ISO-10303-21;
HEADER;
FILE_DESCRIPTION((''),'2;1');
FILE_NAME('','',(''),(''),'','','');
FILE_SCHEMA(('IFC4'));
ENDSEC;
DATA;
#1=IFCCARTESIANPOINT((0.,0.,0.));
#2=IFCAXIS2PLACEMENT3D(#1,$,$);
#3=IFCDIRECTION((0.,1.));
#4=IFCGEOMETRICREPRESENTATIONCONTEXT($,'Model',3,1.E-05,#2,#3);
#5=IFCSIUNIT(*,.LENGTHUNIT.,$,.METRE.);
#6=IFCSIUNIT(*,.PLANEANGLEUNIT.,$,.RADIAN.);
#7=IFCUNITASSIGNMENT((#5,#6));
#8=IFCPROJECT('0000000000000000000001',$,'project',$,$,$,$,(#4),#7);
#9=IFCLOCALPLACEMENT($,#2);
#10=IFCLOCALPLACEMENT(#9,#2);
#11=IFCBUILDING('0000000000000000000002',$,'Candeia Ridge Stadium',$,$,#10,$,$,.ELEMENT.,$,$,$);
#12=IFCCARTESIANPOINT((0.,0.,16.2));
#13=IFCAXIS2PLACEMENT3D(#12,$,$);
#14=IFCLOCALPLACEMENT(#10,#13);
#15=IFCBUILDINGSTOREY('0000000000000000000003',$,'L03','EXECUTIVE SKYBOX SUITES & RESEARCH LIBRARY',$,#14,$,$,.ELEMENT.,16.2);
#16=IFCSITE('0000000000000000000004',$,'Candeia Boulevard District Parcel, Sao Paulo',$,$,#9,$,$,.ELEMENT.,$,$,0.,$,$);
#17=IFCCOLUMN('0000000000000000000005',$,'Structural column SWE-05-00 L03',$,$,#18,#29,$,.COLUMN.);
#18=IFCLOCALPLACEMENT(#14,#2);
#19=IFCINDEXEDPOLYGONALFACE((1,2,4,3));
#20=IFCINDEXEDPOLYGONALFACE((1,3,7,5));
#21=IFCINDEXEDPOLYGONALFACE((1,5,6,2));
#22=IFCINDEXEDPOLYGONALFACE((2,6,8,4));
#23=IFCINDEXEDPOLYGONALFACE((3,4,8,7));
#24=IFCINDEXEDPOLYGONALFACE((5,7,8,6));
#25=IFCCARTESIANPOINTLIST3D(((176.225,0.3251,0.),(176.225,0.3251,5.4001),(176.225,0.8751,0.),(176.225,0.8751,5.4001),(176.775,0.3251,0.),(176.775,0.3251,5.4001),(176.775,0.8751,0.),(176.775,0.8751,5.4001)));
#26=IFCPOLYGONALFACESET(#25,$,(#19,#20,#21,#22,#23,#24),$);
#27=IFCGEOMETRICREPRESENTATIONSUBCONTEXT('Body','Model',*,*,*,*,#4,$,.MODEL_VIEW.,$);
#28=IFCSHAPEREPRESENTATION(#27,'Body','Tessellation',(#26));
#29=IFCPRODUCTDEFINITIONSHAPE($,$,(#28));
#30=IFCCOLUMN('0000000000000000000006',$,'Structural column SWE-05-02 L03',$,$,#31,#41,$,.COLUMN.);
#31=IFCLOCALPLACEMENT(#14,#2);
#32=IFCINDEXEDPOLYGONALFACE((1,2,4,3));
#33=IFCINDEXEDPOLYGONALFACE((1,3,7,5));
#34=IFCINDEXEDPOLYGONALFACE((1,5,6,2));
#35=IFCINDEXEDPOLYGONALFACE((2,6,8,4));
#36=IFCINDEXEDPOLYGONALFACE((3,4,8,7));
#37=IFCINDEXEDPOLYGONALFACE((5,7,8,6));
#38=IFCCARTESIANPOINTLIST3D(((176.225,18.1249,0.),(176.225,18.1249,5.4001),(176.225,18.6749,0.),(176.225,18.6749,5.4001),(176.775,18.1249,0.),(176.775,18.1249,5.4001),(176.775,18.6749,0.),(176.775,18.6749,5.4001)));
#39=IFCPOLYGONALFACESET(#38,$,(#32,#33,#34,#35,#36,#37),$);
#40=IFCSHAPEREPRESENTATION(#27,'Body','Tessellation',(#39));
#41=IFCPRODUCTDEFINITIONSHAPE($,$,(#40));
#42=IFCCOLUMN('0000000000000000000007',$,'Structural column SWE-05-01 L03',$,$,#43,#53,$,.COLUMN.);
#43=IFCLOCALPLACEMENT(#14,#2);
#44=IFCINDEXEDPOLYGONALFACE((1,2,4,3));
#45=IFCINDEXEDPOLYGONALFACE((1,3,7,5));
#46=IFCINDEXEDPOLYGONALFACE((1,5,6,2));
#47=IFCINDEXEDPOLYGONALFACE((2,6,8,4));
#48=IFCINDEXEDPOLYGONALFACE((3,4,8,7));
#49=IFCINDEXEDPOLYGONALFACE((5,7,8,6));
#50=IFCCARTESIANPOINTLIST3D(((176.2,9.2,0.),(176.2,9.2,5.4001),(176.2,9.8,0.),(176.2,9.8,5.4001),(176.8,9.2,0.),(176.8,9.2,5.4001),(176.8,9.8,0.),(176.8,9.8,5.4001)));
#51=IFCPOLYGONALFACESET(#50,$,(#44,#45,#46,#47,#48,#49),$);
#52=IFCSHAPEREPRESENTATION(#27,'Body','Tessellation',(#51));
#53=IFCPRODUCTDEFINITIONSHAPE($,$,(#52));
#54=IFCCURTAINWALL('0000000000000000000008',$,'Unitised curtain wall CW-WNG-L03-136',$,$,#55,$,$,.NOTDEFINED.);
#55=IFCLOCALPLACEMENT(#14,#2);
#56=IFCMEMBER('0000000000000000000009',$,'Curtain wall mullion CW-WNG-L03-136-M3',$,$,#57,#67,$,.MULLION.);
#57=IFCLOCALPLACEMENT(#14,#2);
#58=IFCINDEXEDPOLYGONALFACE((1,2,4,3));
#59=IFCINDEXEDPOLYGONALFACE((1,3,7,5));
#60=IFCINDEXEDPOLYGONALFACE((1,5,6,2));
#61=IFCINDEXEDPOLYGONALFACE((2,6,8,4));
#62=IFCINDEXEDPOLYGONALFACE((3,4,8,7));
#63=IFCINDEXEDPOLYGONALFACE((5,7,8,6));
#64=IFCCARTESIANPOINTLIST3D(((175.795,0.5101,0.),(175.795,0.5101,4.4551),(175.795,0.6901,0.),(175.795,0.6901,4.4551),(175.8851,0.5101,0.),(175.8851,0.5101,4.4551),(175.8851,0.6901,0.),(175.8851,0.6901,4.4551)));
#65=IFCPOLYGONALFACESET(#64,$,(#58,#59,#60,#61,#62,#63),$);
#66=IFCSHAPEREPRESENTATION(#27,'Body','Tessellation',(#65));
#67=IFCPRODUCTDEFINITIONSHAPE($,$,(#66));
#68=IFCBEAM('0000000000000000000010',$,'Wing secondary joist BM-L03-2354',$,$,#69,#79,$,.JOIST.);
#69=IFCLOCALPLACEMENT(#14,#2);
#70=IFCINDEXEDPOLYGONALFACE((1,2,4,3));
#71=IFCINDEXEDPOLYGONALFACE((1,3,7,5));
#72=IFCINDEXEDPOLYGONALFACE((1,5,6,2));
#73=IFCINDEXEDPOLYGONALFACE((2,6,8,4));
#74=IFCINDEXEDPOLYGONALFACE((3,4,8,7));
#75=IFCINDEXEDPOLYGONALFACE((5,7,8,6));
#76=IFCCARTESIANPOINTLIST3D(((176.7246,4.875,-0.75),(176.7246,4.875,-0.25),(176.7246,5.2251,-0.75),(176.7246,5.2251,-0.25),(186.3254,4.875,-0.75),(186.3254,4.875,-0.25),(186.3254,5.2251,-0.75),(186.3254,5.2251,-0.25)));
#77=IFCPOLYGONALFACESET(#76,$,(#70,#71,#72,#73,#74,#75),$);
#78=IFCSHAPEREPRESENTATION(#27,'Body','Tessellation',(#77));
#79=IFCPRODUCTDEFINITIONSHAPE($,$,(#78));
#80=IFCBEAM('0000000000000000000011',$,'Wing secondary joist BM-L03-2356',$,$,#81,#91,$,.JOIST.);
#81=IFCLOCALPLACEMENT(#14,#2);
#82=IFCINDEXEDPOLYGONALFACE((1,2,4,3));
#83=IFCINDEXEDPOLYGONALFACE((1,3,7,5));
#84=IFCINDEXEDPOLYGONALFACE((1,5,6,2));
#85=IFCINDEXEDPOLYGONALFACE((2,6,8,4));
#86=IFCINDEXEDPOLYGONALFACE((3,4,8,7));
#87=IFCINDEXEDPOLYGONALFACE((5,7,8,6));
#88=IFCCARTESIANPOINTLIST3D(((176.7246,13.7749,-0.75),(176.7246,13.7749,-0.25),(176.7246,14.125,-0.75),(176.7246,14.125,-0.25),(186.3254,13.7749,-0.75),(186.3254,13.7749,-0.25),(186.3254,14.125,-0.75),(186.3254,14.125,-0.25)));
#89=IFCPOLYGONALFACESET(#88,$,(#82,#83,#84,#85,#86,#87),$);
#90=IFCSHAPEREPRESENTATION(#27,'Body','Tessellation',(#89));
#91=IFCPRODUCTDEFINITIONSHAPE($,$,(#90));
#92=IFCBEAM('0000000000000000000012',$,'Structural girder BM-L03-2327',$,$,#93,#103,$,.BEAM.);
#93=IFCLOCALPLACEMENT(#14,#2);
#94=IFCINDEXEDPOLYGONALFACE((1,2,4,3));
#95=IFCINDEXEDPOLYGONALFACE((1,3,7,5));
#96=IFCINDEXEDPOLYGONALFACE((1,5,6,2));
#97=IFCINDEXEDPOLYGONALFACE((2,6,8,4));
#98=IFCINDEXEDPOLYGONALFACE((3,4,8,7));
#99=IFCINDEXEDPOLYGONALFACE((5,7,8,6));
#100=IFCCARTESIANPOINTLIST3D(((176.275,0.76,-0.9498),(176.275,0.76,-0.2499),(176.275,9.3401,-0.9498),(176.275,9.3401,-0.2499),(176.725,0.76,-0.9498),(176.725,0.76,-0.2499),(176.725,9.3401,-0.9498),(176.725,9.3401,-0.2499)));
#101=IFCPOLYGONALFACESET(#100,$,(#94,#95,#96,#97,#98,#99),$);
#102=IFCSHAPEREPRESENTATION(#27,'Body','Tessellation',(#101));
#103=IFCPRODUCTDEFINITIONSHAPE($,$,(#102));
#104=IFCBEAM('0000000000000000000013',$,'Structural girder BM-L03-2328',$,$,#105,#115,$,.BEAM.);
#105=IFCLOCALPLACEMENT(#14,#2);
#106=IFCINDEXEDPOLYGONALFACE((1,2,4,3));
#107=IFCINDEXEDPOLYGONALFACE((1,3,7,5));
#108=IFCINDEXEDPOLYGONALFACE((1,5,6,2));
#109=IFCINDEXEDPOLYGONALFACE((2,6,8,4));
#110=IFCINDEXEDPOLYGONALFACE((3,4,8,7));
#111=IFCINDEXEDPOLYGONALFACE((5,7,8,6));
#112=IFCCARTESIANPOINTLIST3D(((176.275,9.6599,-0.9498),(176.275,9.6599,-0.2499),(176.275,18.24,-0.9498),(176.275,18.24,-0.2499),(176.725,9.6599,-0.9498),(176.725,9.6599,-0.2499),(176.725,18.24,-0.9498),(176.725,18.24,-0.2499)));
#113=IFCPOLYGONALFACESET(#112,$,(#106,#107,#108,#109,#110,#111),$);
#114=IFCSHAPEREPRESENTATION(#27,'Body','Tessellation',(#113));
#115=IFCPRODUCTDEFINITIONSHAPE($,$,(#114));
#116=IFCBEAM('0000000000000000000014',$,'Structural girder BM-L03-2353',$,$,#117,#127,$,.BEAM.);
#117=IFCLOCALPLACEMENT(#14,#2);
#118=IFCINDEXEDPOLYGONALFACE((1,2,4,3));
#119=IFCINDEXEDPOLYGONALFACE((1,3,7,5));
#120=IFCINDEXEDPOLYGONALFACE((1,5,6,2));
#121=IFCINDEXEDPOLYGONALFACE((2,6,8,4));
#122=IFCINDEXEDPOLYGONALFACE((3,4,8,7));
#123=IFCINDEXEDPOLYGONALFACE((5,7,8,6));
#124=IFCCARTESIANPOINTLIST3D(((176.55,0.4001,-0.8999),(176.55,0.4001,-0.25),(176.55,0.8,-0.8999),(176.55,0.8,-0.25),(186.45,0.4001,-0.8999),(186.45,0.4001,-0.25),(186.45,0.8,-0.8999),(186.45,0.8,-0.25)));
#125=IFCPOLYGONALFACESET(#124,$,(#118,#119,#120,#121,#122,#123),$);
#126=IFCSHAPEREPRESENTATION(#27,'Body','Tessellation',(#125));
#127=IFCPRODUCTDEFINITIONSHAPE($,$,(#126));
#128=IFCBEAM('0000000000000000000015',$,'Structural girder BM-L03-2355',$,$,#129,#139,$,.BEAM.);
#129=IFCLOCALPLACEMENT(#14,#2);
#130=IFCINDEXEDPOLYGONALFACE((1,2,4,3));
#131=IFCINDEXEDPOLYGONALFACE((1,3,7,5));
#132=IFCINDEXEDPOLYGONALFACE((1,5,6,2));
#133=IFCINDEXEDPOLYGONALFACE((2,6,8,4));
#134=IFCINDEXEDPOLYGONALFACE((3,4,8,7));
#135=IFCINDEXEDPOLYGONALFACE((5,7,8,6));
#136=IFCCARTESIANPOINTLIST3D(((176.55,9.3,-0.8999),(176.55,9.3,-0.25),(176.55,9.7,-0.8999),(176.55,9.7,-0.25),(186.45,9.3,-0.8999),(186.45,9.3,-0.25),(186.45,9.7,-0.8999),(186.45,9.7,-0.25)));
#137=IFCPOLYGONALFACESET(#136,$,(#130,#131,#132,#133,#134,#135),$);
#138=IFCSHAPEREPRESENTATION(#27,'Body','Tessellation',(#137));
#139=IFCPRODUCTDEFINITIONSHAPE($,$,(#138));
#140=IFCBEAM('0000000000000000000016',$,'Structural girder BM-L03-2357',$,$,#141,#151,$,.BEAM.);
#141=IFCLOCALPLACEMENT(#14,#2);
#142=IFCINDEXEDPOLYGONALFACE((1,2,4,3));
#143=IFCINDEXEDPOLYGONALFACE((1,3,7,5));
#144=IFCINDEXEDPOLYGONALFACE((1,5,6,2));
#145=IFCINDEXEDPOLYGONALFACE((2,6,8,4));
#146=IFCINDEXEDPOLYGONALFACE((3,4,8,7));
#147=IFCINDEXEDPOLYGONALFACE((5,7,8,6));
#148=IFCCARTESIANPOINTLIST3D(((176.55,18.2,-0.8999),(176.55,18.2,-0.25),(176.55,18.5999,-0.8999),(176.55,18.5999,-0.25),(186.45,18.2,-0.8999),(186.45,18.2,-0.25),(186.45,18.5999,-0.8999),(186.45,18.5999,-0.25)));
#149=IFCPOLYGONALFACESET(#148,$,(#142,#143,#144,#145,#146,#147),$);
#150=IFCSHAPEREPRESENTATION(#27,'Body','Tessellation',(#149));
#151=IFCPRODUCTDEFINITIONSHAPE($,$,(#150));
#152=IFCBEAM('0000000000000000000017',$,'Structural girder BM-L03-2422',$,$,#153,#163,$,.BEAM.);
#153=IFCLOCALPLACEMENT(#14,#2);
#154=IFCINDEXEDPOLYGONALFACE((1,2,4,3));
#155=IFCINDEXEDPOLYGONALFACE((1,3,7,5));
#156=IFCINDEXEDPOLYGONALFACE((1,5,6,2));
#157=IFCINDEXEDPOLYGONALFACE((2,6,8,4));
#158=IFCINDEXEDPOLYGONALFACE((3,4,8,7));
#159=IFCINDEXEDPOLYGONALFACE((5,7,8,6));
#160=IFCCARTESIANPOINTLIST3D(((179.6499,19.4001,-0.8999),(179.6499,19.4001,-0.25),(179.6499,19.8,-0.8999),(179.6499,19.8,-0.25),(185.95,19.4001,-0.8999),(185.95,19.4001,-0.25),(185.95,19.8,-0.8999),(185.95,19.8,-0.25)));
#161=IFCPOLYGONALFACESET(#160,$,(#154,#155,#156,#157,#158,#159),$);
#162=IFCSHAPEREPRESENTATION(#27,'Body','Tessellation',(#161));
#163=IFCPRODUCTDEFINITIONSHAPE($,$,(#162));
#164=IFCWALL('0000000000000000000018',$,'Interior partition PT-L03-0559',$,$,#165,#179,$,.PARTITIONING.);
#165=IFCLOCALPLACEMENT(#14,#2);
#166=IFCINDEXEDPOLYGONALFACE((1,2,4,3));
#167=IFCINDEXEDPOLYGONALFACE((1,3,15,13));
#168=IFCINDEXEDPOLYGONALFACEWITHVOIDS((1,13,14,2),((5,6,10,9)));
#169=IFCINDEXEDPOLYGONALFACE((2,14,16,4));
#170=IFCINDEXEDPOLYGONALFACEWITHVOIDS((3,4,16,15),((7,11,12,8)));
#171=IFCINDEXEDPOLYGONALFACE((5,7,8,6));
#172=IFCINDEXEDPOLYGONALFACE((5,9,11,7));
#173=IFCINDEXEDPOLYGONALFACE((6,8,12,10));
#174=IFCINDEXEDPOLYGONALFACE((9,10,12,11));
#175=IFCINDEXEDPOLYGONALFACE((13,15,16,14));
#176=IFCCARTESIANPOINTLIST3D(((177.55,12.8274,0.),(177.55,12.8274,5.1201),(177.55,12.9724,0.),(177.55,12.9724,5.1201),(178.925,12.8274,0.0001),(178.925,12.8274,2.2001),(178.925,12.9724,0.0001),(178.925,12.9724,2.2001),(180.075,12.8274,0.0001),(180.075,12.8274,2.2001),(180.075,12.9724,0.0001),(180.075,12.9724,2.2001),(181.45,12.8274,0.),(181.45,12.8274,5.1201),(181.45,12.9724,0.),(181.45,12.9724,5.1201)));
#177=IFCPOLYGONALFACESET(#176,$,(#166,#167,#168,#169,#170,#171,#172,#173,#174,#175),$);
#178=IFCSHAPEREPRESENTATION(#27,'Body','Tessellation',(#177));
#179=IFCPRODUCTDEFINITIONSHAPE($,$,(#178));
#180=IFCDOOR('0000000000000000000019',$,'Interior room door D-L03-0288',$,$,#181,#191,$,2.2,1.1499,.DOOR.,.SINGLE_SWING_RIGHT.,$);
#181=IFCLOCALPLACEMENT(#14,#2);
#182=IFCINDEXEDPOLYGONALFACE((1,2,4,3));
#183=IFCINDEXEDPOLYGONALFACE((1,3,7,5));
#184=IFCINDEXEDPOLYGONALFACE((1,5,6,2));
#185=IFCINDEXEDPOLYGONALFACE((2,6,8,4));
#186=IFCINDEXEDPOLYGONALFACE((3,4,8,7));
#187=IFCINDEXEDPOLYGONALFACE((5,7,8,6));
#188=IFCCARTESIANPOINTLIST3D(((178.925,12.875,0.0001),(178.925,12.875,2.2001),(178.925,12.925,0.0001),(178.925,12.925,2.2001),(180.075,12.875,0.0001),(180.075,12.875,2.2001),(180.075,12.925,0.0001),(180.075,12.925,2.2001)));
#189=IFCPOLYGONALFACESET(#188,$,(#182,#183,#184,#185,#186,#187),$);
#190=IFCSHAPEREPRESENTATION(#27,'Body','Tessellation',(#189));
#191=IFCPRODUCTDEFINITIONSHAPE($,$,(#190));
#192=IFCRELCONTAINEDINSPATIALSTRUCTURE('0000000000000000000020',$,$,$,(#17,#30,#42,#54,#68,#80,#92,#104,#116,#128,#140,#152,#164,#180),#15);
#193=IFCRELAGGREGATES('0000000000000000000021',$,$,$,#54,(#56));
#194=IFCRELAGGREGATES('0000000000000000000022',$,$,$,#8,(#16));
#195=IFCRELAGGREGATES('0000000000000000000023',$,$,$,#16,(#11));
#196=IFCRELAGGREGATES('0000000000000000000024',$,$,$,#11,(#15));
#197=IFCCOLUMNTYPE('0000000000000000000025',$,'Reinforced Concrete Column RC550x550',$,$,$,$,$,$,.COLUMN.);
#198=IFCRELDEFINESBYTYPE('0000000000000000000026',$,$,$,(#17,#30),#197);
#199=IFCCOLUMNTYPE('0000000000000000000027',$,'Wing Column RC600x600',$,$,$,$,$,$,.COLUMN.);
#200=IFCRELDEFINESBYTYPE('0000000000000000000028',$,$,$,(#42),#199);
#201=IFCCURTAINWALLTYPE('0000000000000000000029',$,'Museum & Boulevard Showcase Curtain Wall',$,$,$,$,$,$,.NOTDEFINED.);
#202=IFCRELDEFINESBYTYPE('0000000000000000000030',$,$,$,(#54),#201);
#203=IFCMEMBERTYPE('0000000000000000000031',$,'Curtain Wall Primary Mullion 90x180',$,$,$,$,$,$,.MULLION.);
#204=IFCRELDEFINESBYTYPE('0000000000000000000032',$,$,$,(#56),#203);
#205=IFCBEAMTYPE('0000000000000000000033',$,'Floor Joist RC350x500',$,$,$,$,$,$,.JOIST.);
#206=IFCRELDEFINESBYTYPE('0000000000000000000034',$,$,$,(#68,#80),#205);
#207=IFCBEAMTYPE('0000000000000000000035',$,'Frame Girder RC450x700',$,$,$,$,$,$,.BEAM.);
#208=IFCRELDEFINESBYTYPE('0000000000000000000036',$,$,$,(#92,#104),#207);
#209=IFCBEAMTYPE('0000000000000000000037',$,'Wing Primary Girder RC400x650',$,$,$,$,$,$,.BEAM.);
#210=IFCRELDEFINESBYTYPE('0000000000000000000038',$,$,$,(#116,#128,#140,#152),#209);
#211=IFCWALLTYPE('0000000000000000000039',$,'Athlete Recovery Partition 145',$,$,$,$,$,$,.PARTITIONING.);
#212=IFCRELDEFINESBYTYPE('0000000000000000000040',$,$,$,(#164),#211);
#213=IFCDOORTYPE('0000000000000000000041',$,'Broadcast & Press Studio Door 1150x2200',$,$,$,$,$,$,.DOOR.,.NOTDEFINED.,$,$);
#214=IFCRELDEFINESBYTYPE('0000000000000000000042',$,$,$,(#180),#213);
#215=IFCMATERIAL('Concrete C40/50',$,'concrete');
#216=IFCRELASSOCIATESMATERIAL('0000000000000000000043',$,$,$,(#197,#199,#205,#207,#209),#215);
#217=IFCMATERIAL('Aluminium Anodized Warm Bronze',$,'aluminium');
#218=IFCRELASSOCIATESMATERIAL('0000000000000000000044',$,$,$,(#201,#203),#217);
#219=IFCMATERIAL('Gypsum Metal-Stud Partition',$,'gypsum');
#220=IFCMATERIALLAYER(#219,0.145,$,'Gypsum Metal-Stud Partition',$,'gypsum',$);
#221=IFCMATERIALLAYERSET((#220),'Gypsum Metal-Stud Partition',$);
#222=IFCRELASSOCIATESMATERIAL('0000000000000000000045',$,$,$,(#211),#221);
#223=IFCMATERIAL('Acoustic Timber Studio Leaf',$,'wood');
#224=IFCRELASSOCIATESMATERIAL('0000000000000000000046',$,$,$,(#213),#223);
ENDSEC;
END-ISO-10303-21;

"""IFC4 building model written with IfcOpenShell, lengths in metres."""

from ifc_helpers import new_model, si_unit, direction, frame, frame_2d, origin, origin_2d, place, context, subcontext, project, spatial, rectangle, extrude, material, layer, layer_set, material_profile, profile_set, type_object, element, fill, aggregate, save


model = new_model("IFC4")

# Units and contexts
model_context = context("Model", 3, precision=1e-05, world=origin(), true_north=direction((0.0, 1.0)))
body_context = subcontext(model_context, "Body", "Model", "MODEL_VIEW")
ifc_project = project(units=[si_unit("LENGTHUNIT", "METRE"), si_unit("PLANEANGLEUNIT", "RADIAN")], contexts=[model_context])

# Site, building, storey
site_placement = place(None, origin())
site = spatial("IfcSite", under=ifc_project, at=site_placement, Name="Candeia Boulevard District Parcel, Sao Paulo", CompositionType="ELEMENT", RefElevation=0.0)
building_placement = place(site_placement, origin())
building = spatial("IfcBuilding", under=site, at=building_placement, Name="Candeia Ridge Stadium", CompositionType="ELEMENT")
storey_placement = place(building_placement, frame((0.0, 0.0, 16.2)))
storey = spatial("IfcBuildingStorey", under=building, at=storey_placement, Name="L03", Description="EXECUTIVE SKYBOX SUITES & RESEARCH LIBRARY", CompositionType="ELEMENT", Elevation=16.2)

# Columns
ifc_material_1 = material(Name="Concrete C40/50", Category="concrete")
ifc_material_profile_1 = material_profile(ifc_material_1, rectangle(XDim=0.55, YDim=0.55, at=origin_2d()), Name="RC550x550", Category="concrete")
ifc_profile_set_1 = profile_set([ifc_material_profile_1], Name="Concrete C40/50")
column_type_1 = type_object("IfcColumnType", Name="Reinforced Concrete Column RC550x550", PredefinedType="COLUMN", material=ifc_profile_set_1)
for number, where, z_axis, x_axis, name in (
    (1, (176.5, 0.6001, 0.0), (0.0, 0.0, 1.0), (1.0, 0.0, 0.0), "Structural column SWE-05-00 L03"),
    (2, (176.5, 18.3999, 0.0), (0.0, 0.0, 1.0), (1.0, 0.0, 0.0), "Structural column SWE-05-02 L03"),
):
    element("IfcColumn", number, at=place(storey_placement, frame(where, z_axis=z_axis, x_axis=x_axis)), inside=storey, type_object=column_type_1, Name=name, PredefinedType="COLUMN", context=body_context, shape_type="SweptSolid", body=[
        extrude(rectangle(XDim=0.55, YDim=0.55, at=origin_2d()), origin(), (0.0, 0.0, 1.0), 5.4001),
    ])
ifc_material_profile_2 = material_profile(ifc_material_1, rectangle(XDim=0.6001, YDim=0.6001, at=origin_2d()), Name="RC600x600", Category="concrete")
ifc_profile_set_2 = profile_set([ifc_material_profile_2], Name="Concrete C40/50")
column_type_2 = type_object("IfcColumnType", Name="Wing Column RC600x600", PredefinedType="COLUMN", material=ifc_profile_set_2)
column_placement = place(storey_placement, frame((176.5, 9.5, 0.0), z_axis=(0.0, 0.0, 1.0), x_axis=(1.0, 0.0, 0.0)))
element("IfcColumn", 3, at=column_placement, inside=storey, type_object=column_type_2, Name="Structural column SWE-05-01 L03", PredefinedType="COLUMN", context=body_context, shape_type="SweptSolid", body=[
    extrude(rectangle(XDim=0.6001, YDim=0.6001, at=origin_2d()), origin(), (0.0, 0.0, 1.0), 5.4001),
])

# Curtain wall, member
ifc_material_2 = material(Name="Aluminium Anodized Warm Bronze", Category="aluminium")
curtain_wall_type = type_object("IfcCurtainWallType", Name="Museum & Boulevard Showcase Curtain Wall", PredefinedType="NOTDEFINED", material=ifc_material_2)
curtain_wall_placement = place(storey_placement, origin())
curtain_wall = element("IfcCurtainWall", 4, at=curtain_wall_placement, inside=storey, type_object=curtain_wall_type, Name="Unitised curtain wall CW-WNG-L03-136", PredefinedType="NOTDEFINED")
ifc_material_profile_3 = material_profile(ifc_material_2, rectangle(XDim=0.0901, YDim=0.1799, at=origin_2d()), Name="CWM-90x180", Category="aluminium")
ifc_profile_set_3 = profile_set([ifc_material_profile_3], Name="Aluminium Anodized Warm Bronze")
member_type = type_object("IfcMemberType", Name="Curtain Wall Primary Mullion 90x180", PredefinedType="MULLION", material=ifc_profile_set_3)
member_placement = place(storey_placement, frame((175.8401, 0.6001, 0.0), z_axis=(0.0, 0.0, 1.0), x_axis=(1.0, 0.0, 0.0)))
member = element("IfcMember", 5, at=member_placement, type_object=member_type, Name="Curtain wall mullion CW-WNG-L03-136-M3", PredefinedType="MULLION", context=body_context, shape_type="SweptSolid", body=[
    extrude(rectangle(XDim=0.0901, YDim=0.1799, at=origin_2d()), origin(), (0.0, 0.0, 1.0), 4.4551),
])
aggregate(curtain_wall, [member])

# Beams
ifc_material_profile_4 = material_profile(ifc_material_1, rectangle(XDim=0.3501, YDim=0.5, at=origin_2d()), Name="RC350x500", Category="concrete")
ifc_profile_set_4 = profile_set([ifc_material_profile_4], Name="Concrete C40/50")
beam_type_1 = type_object("IfcBeamType", Name="Floor Joist RC350x500", PredefinedType="JOIST", material=ifc_profile_set_4)
for number, where, z_axis, x_axis, name in (
    (6, (176.7246, 5.05, -0.5), (1.0, 0.0, 0.0), (0.0, 1.0, 0.0), "Wing secondary joist BM-L03-2354"),
    (7, (176.7246, 13.95, -0.5), (1.0, 0.0, 0.0), (0.0, 1.0, 0.0), "Wing secondary joist BM-L03-2356"),
):
    element("IfcBeam", number, at=place(storey_placement, frame(where, z_axis=z_axis, x_axis=x_axis)), inside=storey, type_object=beam_type_1, Name=name, PredefinedType="JOIST", context=body_context, shape_type="SweptSolid", body=[
        extrude(rectangle(XDim=0.3501, YDim=0.5, at=origin_2d()), origin(), (0.0, 0.0, 1.0), 9.6008),
    ])
ifc_material_profile_5 = material_profile(ifc_material_1, rectangle(XDim=0.45, YDim=0.7, at=origin_2d()), Name="RC450x700", Category="concrete")
ifc_profile_set_5 = profile_set([ifc_material_profile_5], Name="Concrete C40/50")
beam_type_2 = type_object("IfcBeamType", Name="Frame Girder RC450x700", PredefinedType="BEAM", material=ifc_profile_set_5)
for number, where, z_axis, x_axis, name in (
    (8, (176.5, 0.76, -0.5999), (0.0, 1.0, 0.0), (-1.0, 0.0, 0.0), "Structural girder BM-L03-2327"),
    (9, (176.5, 9.6599, -0.5999), (0.0, 1.0, 0.0), (-1.0, 0.0, 0.0), "Structural girder BM-L03-2328"),
):
    element("IfcBeam", number, at=place(storey_placement, frame(where, z_axis=z_axis, x_axis=x_axis)), inside=storey, type_object=beam_type_2, Name=name, PredefinedType="BEAM", context=body_context, shape_type="SweptSolid", body=[
        extrude(rectangle(XDim=0.45, YDim=0.7, at=origin_2d()), origin(), (0.0, 0.0, 1.0), 8.5801),
    ])
ifc_material_profile_6 = material_profile(ifc_material_1, rectangle(XDim=0.3999, YDim=0.6499, at=origin_2d()), Name="RC400x650", Category="concrete")
ifc_profile_set_6 = profile_set([ifc_material_profile_6], Name="Concrete C40/50")
beam_type_3 = type_object("IfcBeamType", Name="Wing Primary Girder RC400x650", PredefinedType="BEAM", material=ifc_profile_set_6)
for number, where, z_axis, x_axis, name in (
    (10, (176.55, 0.6001, -0.575), (1.0, 0.0, 0.0), (0.0, 1.0, 0.0), "Structural girder BM-L03-2353"),
    (11, (176.55, 9.5, -0.575), (1.0, 0.0, 0.0), (0.0, 1.0, 0.0), "Structural girder BM-L03-2355"),
    (12, (176.55, 18.3999, -0.575), (1.0, 0.0, 0.0), (0.0, 1.0, 0.0), "Structural girder BM-L03-2357"),
):
    element("IfcBeam", number, at=place(storey_placement, frame(where, z_axis=z_axis, x_axis=x_axis)), inside=storey, type_object=beam_type_3, Name=name, PredefinedType="BEAM", context=body_context, shape_type="SweptSolid", body=[
        extrude(rectangle(XDim=0.3999, YDim=0.6499, at=origin_2d()), origin(), (0.0, 0.0, 1.0), 9.8999),
    ])
beam_placement = place(storey_placement, frame((179.6499, 19.6001, -0.575), z_axis=(1.0, 0.0, 0.0), x_axis=(0.0, 1.0, 0.0)))
element("IfcBeam", 13, at=beam_placement, inside=storey, type_object=beam_type_3, Name="Structural girder BM-L03-2422", PredefinedType="BEAM", context=body_context, shape_type="SweptSolid", body=[
    extrude(rectangle(XDim=0.3999, YDim=0.6499, at=origin_2d()), origin(), (0.0, 0.0, 1.0), 6.3),
])

# Wall, opening, door
ifc_material_3 = material(Name="Gypsum Metal-Stud Partition", Category="gypsum")
ifc_layer_1 = layer(ifc_material_3, 0.145, Name="Gypsum Metal-Stud Partition", Category="gypsum")
ifc_layer_set_1 = layer_set([ifc_layer_1], Name="Gypsum Metal-Stud Partition")
wall_type_1 = type_object("IfcWallType", Name="Athlete Recovery Partition 145", PredefinedType="PARTITIONING", material=ifc_layer_set_1)
wall_1_placement = place(storey_placement, frame((181.45, 12.8999, 0.0), z_axis=(0.0, 0.0, 1.0), x_axis=(-1.0, 0.0, 0.0)))
wall_1 = element("IfcWall", 14, at=wall_1_placement, inside=storey, type_object=wall_type_1, Name="Interior partition PT-L03-0559", PredefinedType="PARTITIONING", context=body_context, shape_type="SweptSolid", body=[
    extrude(rectangle(XDim=3.8999, YDim=0.145, at=frame_2d((1.95, 0.0))), origin(), (0.0, 0.0, 1.0), 5.1201),
])
opening_1_placement = place(wall_1_placement, frame((1.375, 0.0, 0.0)))
opening_1 = element("IfcOpeningElement", 15, at=opening_1_placement, cuts=wall_1, PredefinedType="OPENING", context=body_context, shape_type="SweptSolid", body=[
    extrude(rectangle(XDim=1.1499, YDim=2.2, at=frame_2d((0.575, 1.1001))), frame((0.0, 0.0825, 0.0), z_axis=(0.0, -1.0, 0.0), x_axis=(1.0, 0.0, 0.0)), (0.0, 0.0, 1.0), 0.165),
])
ifc_material_4 = material(Name="Acoustic Timber Studio Leaf", Category="wood")
door_type_1 = type_object("IfcDoorType", Name="Broadcast & Press Studio Door 1150x2200", OperationType="NOTDEFINED", PredefinedType="DOOR", material=ifc_material_4)
door_1_placement = place(opening_1_placement, origin())
door_1 = element("IfcDoor", 16, at=door_1_placement, inside=storey, type_object=door_type_1, Name="Interior room door D-L03-0288", OperationType="SINGLE_SWING_RIGHT", OverallHeight=2.2, OverallWidth=1.1499, PredefinedType="DOOR", context=body_context, shape_type="SweptSolid", body=[
    extrude(rectangle(XDim=1.1499, YDim=2.2, at=frame_2d((0.575, 1.1001))), frame((0.0, 0.0249, 0.0), z_axis=(0.0, -1.0, 0.0), x_axis=(1.0, 0.0, 0.0)), (0.0, 0.0, 1.0), 0.05),
])
fill(opening_1, door_1)

save(model, "model.ifc")
